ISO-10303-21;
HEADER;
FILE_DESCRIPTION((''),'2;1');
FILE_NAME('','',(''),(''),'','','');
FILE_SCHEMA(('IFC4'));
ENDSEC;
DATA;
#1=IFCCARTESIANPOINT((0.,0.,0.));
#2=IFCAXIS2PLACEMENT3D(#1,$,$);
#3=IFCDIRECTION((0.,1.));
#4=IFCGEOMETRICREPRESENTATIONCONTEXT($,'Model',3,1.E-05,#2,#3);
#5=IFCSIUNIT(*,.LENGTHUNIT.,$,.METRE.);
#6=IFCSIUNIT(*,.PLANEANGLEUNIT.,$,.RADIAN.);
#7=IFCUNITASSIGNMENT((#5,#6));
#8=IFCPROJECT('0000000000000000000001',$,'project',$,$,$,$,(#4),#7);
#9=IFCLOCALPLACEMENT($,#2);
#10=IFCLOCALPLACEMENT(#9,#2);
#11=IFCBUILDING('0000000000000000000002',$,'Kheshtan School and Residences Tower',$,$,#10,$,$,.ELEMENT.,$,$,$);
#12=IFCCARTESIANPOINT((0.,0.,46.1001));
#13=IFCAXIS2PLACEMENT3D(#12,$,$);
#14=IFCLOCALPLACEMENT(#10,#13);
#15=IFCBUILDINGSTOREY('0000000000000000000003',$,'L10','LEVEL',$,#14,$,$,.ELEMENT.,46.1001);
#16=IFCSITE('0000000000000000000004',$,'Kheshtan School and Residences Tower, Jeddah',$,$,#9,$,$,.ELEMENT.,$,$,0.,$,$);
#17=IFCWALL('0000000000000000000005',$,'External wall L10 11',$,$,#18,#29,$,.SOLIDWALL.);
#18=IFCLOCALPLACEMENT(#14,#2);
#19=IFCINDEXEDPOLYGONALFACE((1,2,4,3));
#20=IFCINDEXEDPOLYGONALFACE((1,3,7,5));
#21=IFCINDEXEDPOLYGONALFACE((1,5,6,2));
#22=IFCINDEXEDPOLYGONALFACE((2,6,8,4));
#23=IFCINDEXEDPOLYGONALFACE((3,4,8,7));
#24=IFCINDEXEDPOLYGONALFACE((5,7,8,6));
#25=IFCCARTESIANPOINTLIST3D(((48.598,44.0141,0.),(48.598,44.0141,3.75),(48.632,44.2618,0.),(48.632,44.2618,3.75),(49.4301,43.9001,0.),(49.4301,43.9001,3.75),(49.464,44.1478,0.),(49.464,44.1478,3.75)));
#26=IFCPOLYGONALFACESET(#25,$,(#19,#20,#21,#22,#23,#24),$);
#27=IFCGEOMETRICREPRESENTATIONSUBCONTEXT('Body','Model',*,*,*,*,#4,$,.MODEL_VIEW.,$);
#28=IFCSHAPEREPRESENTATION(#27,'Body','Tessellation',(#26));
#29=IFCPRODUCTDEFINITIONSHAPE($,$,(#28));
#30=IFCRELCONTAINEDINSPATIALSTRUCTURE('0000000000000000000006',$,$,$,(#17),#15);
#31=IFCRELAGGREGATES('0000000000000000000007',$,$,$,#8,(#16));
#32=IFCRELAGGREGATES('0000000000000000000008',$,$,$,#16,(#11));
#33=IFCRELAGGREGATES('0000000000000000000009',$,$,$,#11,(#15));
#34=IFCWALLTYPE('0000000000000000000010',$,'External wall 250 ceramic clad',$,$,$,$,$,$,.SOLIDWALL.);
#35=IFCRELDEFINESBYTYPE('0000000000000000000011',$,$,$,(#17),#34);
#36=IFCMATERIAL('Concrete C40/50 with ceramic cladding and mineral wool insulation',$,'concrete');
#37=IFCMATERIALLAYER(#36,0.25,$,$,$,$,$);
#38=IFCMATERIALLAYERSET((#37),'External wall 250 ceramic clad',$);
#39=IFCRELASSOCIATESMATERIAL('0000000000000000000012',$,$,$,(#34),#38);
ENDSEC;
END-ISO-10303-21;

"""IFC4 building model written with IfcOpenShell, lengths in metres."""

from ifc_helpers import new_model, si_unit, direction, frame, frame_2d, origin, place, context, subcontext, project, spatial, rectangle, extrude, material, layer, layer_set, type_object, element, save


model = new_model("IFC4")

# Units and contexts
model_context = context("Model", 3, precision=1e-05, world=origin(), true_north=direction((0.0, 1.0)))
body_context = subcontext(model_context, "Body", "Model", "MODEL_VIEW")
ifc_project = project(units=[si_unit("LENGTHUNIT", "METRE"), si_unit("PLANEANGLEUNIT", "RADIAN")], contexts=[model_context])

# Site, building, storey
site_placement = place(None, origin())
site = spatial("IfcSite", under=ifc_project, at=site_placement, Name="Kheshtan School and Residences Tower, Jeddah", CompositionType="ELEMENT", RefElevation=0.0)
building_placement = place(site_placement, origin())
building = spatial("IfcBuilding", under=site, at=building_placement, Name="Kheshtan School and Residences Tower", CompositionType="ELEMENT")
storey_placement = place(building_placement, frame((0.0, 0.0, 46.1001)))
storey = spatial("IfcBuildingStorey", under=building, at=storey_placement, Name="L10", Description="LEVEL", CompositionType="ELEMENT", Elevation=46.1001)

# Wall
ifc_material_1 = material(Name="Concrete C40/50 with ceramic cladding and mineral wool insulation", Category="concrete")
ifc_layer = layer(ifc_material_1, 0.25)
ifc_layer_set = layer_set([ifc_layer], Name="External wall 250 ceramic clad")
wall_type = type_object("IfcWallType", Name="External wall 250 ceramic clad", PredefinedType="SOLIDWALL", material=ifc_layer_set)
wall_placement = place(storey_placement, frame((48.615, 44.1379, 0.0), z_axis=(0.0, 0.0, 1.0), x_axis=(0.990742, -0.135762, 0.0)))
element("IfcWall", 1, at=wall_placement, inside=storey, type_object=wall_type, Name="External wall L10 11", PredefinedType="SOLIDWALL", context=body_context, shape_type="SweptSolid", body=[
    extrude(rectangle(XDim=0.8398, YDim=0.25, at=frame_2d((0.4199, 0.0))), origin(), (0.0, 0.0, 1.0), 3.75),
])

save(model, "model.ifc")
